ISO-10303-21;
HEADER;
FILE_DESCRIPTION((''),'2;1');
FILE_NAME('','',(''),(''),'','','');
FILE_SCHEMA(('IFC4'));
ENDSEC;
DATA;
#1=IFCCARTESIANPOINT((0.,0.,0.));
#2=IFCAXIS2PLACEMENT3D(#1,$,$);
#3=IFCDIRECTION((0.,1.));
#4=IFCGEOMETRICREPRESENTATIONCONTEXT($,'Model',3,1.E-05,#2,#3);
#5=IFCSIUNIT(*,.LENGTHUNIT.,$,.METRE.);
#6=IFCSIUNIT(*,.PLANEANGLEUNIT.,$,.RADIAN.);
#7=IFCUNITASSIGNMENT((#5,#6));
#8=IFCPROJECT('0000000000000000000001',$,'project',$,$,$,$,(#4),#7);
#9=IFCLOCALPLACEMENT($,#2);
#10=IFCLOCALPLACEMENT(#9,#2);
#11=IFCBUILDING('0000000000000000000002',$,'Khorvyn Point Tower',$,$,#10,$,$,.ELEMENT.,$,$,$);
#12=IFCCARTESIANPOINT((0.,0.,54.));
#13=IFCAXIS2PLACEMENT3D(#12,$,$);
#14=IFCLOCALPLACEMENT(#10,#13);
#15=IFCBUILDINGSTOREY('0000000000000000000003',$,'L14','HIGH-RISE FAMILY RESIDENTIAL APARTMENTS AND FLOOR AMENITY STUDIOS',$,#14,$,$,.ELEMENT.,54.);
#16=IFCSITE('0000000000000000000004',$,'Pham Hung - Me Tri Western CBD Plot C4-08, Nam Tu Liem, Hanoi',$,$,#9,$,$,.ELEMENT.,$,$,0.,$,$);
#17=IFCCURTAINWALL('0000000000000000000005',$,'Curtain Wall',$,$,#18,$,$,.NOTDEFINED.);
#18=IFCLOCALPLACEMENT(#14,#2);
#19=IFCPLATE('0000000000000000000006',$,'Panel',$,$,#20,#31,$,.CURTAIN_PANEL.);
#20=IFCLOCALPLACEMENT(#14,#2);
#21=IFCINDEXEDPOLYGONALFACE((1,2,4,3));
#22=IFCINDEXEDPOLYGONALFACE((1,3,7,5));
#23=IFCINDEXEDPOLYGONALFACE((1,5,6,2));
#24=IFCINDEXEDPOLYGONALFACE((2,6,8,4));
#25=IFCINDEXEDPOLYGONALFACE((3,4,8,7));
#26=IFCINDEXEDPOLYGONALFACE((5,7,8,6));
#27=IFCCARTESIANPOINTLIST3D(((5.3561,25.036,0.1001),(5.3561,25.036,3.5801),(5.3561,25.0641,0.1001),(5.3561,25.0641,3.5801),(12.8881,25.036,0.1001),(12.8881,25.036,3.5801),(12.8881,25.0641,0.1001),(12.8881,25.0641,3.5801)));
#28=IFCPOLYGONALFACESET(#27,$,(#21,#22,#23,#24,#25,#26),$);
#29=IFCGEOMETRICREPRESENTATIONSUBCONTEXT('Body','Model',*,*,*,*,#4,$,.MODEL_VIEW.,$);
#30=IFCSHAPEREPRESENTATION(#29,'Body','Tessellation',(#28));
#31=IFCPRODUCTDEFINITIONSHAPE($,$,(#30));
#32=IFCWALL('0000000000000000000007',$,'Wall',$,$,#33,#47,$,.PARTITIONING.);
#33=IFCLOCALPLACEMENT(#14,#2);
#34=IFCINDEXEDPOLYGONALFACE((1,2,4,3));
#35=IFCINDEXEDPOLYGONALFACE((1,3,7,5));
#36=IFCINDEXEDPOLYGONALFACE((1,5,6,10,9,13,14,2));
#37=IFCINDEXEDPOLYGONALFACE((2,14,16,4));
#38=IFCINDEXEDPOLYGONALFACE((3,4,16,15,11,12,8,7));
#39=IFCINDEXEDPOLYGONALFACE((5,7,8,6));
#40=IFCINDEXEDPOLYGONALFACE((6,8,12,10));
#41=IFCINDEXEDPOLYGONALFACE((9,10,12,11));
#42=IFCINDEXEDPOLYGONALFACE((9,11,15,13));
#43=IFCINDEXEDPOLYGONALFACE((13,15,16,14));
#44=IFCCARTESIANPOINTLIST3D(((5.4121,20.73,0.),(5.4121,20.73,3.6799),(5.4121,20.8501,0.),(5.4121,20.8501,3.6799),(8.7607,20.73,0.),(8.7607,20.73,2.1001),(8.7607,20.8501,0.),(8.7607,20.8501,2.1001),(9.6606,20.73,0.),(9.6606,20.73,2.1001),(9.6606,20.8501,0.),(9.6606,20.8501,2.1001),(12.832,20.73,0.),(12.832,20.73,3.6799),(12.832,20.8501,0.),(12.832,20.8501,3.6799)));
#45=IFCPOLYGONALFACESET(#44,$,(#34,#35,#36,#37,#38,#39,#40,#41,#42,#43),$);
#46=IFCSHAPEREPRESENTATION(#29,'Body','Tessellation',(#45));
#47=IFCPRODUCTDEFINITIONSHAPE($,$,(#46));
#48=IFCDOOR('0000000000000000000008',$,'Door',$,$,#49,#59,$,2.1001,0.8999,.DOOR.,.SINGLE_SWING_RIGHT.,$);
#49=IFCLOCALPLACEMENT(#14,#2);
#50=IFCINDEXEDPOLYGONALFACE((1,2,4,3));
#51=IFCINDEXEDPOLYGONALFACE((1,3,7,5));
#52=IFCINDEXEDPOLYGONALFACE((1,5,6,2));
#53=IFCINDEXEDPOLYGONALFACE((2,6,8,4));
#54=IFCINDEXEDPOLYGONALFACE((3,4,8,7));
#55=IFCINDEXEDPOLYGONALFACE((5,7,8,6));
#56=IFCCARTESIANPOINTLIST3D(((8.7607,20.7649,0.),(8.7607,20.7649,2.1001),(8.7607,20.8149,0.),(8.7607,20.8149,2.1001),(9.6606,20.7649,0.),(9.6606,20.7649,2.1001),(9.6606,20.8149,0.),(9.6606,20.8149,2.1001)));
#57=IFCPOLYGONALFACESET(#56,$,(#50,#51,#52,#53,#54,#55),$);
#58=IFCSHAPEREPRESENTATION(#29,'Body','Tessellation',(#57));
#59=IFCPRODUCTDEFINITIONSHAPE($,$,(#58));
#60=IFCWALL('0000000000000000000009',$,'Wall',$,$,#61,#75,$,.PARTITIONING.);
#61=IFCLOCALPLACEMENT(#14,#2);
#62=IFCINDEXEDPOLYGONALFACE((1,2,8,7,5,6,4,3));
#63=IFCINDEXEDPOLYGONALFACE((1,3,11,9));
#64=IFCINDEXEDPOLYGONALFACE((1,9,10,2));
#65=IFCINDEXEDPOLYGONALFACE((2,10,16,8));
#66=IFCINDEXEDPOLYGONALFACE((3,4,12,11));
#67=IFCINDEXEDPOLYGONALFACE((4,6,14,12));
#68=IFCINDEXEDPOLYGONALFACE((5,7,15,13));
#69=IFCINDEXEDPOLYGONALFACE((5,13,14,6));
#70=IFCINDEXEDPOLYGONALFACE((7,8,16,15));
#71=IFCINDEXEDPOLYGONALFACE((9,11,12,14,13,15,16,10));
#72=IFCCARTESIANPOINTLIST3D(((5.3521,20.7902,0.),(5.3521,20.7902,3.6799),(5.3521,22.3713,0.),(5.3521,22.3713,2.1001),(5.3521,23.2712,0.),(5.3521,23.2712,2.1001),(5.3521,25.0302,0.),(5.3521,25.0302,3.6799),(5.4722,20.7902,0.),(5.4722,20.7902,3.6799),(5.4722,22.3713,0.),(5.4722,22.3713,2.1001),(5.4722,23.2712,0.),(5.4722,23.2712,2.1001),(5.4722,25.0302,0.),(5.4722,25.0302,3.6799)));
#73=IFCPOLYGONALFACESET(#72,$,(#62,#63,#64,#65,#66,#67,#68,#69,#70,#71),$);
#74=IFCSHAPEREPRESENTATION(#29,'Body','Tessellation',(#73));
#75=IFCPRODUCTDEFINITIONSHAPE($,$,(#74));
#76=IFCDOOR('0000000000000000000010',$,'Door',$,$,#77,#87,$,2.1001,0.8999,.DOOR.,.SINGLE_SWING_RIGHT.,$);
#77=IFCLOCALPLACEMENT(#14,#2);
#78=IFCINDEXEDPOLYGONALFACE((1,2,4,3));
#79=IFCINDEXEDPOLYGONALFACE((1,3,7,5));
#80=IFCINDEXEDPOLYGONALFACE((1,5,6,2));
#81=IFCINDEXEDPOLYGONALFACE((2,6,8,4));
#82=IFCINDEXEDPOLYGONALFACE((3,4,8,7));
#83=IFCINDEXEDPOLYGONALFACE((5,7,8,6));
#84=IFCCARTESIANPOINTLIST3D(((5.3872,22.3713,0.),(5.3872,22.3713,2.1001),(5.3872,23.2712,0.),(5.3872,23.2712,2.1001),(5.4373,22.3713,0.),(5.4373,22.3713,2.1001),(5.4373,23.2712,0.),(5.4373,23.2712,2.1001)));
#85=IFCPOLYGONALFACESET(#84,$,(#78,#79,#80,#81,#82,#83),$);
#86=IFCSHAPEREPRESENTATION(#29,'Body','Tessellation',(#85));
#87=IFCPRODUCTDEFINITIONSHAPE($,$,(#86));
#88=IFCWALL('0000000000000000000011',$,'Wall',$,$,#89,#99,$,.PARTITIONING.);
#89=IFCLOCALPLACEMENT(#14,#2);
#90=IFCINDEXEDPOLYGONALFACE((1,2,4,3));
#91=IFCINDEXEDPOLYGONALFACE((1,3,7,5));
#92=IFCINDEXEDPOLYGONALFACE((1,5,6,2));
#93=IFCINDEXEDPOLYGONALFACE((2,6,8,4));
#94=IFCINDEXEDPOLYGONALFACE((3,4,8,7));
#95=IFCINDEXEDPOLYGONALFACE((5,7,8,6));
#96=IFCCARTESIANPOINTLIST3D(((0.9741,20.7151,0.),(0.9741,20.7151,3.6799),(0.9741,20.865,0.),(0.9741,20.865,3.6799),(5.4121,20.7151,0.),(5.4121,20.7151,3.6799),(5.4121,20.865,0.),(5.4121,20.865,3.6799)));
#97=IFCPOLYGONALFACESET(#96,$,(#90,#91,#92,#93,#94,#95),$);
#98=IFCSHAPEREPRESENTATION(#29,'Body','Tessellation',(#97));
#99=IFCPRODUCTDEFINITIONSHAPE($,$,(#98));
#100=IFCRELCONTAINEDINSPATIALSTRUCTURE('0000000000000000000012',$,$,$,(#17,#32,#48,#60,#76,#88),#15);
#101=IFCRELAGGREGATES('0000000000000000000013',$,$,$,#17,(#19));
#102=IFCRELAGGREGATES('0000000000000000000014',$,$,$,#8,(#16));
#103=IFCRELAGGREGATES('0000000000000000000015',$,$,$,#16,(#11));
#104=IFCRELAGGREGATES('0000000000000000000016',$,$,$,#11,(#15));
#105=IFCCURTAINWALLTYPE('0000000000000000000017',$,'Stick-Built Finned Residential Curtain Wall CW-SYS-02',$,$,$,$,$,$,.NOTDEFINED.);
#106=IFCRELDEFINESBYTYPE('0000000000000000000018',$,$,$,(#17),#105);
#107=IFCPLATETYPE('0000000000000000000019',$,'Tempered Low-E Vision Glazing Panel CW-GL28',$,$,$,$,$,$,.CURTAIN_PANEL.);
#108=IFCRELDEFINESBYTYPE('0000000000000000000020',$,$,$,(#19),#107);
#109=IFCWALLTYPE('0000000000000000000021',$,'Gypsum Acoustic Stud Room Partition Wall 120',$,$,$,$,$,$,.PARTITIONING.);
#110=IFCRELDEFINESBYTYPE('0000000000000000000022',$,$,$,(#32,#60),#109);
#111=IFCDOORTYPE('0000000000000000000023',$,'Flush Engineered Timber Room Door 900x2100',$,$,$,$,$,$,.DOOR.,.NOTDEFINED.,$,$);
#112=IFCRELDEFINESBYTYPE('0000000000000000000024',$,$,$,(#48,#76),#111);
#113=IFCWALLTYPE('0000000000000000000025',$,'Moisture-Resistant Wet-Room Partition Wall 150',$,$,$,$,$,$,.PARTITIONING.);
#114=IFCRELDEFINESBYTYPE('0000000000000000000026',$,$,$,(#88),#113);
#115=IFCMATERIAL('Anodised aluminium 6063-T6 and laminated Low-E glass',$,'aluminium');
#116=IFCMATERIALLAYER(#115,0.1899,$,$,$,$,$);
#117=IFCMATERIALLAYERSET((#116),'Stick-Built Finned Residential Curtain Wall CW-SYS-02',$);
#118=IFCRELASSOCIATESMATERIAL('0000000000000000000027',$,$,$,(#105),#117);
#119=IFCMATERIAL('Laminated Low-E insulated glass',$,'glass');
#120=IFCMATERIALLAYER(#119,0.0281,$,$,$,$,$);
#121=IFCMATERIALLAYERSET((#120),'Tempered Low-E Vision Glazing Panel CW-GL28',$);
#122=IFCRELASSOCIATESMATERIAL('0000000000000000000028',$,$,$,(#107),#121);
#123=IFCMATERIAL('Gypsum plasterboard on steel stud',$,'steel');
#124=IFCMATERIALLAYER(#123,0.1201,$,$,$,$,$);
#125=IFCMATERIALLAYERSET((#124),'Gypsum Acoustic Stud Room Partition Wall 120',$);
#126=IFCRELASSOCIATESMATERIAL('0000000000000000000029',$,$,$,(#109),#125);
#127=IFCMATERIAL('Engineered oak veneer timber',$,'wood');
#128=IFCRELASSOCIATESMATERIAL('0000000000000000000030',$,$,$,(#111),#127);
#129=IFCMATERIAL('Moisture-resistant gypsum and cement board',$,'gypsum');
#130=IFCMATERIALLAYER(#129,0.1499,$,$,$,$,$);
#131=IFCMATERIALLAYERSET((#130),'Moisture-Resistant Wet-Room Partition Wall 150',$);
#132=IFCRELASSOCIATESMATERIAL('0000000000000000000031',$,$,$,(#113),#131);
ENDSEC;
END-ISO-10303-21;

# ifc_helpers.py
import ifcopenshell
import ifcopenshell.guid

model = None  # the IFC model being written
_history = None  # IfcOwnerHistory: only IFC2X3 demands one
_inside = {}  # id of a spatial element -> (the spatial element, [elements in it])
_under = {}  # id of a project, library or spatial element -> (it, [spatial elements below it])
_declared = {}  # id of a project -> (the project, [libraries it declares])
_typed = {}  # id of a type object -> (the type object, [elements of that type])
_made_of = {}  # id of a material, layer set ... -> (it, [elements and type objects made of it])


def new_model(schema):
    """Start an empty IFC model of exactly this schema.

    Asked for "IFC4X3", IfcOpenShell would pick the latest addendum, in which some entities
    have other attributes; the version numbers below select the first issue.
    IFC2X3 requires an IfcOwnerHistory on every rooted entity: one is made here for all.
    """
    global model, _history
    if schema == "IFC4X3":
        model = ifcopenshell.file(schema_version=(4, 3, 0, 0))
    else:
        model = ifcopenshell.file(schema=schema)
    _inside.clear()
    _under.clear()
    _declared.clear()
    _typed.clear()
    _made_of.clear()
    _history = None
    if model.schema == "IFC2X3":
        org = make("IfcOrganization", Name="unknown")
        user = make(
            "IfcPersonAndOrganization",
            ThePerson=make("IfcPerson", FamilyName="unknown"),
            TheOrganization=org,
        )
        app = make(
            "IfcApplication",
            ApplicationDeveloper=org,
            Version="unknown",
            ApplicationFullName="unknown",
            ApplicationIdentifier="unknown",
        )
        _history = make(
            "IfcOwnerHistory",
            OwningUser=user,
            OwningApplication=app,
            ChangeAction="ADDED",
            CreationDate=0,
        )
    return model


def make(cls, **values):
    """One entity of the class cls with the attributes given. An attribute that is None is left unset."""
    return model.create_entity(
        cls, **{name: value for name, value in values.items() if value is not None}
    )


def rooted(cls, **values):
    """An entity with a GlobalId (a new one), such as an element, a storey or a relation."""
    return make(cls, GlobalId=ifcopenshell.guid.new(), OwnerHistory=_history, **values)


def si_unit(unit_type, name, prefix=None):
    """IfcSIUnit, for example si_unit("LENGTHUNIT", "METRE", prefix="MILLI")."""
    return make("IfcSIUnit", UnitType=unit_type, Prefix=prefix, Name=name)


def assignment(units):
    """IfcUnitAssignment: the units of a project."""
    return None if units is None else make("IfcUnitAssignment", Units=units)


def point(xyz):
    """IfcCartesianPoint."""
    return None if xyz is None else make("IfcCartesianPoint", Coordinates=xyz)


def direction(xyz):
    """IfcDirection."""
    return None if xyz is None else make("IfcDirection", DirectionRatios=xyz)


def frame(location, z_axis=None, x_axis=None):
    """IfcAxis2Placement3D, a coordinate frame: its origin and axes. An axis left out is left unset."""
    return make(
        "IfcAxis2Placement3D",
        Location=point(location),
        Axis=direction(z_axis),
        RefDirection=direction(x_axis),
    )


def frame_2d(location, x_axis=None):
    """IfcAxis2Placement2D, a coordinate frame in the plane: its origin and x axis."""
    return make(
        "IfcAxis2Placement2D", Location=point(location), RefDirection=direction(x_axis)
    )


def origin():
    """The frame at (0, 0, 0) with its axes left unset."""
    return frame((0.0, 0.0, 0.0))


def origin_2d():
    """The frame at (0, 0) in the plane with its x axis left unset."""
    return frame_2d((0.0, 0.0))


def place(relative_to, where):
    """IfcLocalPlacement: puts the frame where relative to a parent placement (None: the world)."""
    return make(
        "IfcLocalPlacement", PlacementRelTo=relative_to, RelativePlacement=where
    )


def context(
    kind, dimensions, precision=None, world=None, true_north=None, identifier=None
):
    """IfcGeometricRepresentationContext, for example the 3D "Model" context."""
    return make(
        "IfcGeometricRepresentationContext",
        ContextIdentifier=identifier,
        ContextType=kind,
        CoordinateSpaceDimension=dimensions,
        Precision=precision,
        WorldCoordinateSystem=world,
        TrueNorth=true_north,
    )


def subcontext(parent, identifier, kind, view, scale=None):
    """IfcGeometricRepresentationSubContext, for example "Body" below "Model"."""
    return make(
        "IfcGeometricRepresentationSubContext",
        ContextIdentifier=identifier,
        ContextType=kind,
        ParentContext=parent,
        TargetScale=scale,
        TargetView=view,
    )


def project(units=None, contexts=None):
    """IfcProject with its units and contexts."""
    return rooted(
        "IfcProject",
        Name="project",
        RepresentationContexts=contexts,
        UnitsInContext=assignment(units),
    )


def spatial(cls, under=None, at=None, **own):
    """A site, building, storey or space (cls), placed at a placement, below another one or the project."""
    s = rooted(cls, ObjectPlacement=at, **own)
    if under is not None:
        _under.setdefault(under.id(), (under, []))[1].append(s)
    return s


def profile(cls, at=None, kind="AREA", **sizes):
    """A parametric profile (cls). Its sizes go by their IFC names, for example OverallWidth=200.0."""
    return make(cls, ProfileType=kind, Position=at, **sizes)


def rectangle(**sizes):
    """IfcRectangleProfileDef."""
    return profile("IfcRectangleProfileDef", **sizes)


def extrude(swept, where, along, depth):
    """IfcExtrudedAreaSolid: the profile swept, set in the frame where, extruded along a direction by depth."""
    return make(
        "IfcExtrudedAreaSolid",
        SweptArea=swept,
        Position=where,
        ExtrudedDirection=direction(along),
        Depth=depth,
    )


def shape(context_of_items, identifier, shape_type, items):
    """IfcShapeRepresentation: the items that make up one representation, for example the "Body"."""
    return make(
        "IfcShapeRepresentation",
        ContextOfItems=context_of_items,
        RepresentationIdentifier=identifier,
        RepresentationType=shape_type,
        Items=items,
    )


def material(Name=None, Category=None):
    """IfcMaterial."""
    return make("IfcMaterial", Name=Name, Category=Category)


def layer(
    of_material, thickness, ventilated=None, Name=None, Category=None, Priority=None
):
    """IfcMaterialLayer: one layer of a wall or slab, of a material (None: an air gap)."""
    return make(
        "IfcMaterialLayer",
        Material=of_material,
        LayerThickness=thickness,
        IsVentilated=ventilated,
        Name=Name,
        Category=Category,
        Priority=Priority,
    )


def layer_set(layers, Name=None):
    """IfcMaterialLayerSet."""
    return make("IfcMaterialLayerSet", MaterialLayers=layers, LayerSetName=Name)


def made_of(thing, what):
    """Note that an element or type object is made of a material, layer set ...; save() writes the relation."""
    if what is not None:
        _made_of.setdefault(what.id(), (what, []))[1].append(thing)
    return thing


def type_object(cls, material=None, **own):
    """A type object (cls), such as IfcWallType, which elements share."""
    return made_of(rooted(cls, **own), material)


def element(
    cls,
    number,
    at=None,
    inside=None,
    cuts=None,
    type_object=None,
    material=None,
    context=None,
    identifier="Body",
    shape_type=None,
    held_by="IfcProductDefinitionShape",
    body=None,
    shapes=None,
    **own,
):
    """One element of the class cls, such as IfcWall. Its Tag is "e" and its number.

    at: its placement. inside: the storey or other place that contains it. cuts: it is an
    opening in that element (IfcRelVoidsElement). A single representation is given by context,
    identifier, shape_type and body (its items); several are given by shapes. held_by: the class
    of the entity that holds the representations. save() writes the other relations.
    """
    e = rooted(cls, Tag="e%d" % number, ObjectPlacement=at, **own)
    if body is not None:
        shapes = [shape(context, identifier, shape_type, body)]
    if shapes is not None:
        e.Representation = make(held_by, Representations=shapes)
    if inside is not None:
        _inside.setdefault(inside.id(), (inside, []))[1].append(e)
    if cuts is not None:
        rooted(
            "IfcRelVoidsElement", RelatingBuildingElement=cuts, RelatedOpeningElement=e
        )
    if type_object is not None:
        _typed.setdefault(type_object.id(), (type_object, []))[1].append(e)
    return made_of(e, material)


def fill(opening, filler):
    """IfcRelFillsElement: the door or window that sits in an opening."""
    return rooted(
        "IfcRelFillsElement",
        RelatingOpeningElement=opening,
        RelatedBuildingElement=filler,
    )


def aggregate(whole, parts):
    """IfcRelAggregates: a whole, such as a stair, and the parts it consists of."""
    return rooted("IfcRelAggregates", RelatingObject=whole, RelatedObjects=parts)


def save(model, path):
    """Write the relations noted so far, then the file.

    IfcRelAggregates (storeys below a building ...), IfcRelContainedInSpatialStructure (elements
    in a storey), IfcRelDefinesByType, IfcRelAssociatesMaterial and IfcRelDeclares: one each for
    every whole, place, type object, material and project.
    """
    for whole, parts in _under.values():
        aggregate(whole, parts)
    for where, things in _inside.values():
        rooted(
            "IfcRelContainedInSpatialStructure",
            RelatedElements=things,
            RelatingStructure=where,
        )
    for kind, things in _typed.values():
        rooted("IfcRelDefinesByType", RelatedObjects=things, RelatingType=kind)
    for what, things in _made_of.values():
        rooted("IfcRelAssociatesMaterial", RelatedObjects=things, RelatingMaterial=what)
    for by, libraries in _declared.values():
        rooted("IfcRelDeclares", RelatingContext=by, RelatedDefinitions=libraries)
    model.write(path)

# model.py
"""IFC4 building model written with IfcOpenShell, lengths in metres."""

from ifc_helpers import new_model, si_unit, direction, frame, frame_2d, origin, origin_2d, place, context, subcontext, project, spatial, rectangle, extrude, material, layer, layer_set, type_object, element, fill, aggregate, save


model = new_model("IFC4")

# Units and contexts
model_context = context("Model", 3, precision=1e-05, world=origin(), true_north=direction((0.0, 1.0)))
body_context = subcontext(model_context, "Body", "Model", "MODEL_VIEW")
ifc_project = project(units=[si_unit("LENGTHUNIT", "METRE"), si_unit("PLANEANGLEUNIT", "RADIAN")], contexts=[model_context])

# Site, building, storey
site_placement = place(None, origin())
site = spatial("IfcSite", under=ifc_project, at=site_placement, Name="Pham Hung - Me Tri Western CBD Plot C4-08, Nam Tu Liem, Hanoi", CompositionType="ELEMENT", RefElevation=0.0)
building_placement = place(site_placement, origin())
building = spatial("IfcBuilding", under=site, at=building_placement, Name="Khorvyn Point Tower", CompositionType="ELEMENT")
storey_placement = place(building_placement, frame((0.0, 0.0, 54.0)))
storey = spatial("IfcBuildingStorey", under=building, at=storey_placement, Name="L14", Description="HIGH-RISE FAMILY RESIDENTIAL APARTMENTS AND FLOOR AMENITY STUDIOS", CompositionType="ELEMENT", Elevation=54.0)

# Curtain wall
ifc_material_1 = material(Name="Anodised aluminium 6063-T6 and laminated Low-E glass", Category="aluminium")
ifc_layer_1 = layer(ifc_material_1, 0.1899)
ifc_layer_set_1 = layer_set([ifc_layer_1], Name="Stick-Built Finned Residential Curtain Wall CW-SYS-02")
curtain_wall_type = type_object("IfcCurtainWallType", Name="Stick-Built Finned Residential Curtain Wall CW-SYS-02", PredefinedType="NOTDEFINED", material=ifc_layer_set_1)
curtain_wall_placement = place(storey_placement, origin())
curtain_wall = element("IfcCurtainWall", 1, at=curtain_wall_placement, inside=storey, type_object=curtain_wall_type, Name="Curtain Wall", PredefinedType="NOTDEFINED")

# Plate
ifc_material_2 = material(Name="Laminated Low-E insulated glass", Category="glass")
ifc_layer_2 = layer(ifc_material_2, 0.0281)
ifc_layer_set_2 = layer_set([ifc_layer_2], Name="Tempered Low-E Vision Glazing Panel CW-GL28")
plate_type = type_object("IfcPlateType", Name="Tempered Low-E Vision Glazing Panel CW-GL28", PredefinedType="CURTAIN_PANEL", material=ifc_layer_set_2)
plate_1_placement = place(storey_placement, frame((9.1221, 25.05, 0.1001), z_axis=(0.0, 0.0, 1.0), x_axis=(1.0, 0.0, 0.0)))
plate_1 = element("IfcPlate", 2, at=plate_1_placement, type_object=plate_type, Name="Panel", PredefinedType="CURTAIN_PANEL", context=body_context, shape_type="SweptSolid", body=[
    extrude(rectangle(XDim=7.532, YDim=0.0281, at=origin_2d()), origin(), (0.0, 0.0, 1.0), 3.48),
])
aggregate(curtain_wall, [plate_1])

# Walls, openings, doors
ifc_material_3 = material(Name="Gypsum plasterboard on steel stud", Category="steel")
ifc_layer_3 = layer(ifc_material_3, 0.1201)
ifc_layer_set_3 = layer_set([ifc_layer_3], Name="Gypsum Acoustic Stud Room Partition Wall 120")
wall_type_1 = type_object("IfcWallType", Name="Gypsum Acoustic Stud Room Partition Wall 120", PredefinedType="PARTITIONING", material=ifc_layer_set_3)
wall_1_placement = place(storey_placement, frame((5.4121, 20.79, 0.0), z_axis=(0.0, 0.0, 1.0), x_axis=(1.0, 0.0, 0.0)))
wall_1 = element("IfcWall", 3, at=wall_1_placement, inside=storey, type_object=wall_type_1, Name="Wall", PredefinedType="PARTITIONING", context=body_context, shape_type="SweptSolid", body=[
    extrude(rectangle(XDim=7.4199, YDim=0.1201, at=frame_2d((3.71, 0.0))), origin(), (0.0, 0.0, 1.0), 3.6799),
])
opening_1_placement = place(wall_1_placement, frame((3.3486, 0.0, 0.0)))
opening_1 = element("IfcOpeningElement", 4, at=opening_1_placement, cuts=wall_1, PredefinedType="OPENING", context=body_context, shape_type="SweptSolid", body=[
    extrude(rectangle(XDim=0.8999, YDim=2.1001, at=frame_2d((0.45, 1.05))), frame((0.0, 0.0701, 0.0), z_axis=(0.0, -1.0, 0.0), x_axis=(1.0, 0.0, 0.0)), (0.0, 0.0, 1.0), 0.1401),
])
ifc_material_4 = material(Name="Engineered oak veneer timber", Category="wood")
door_type = type_object("IfcDoorType", Name="Flush Engineered Timber Room Door 900x2100", OperationType="NOTDEFINED", PredefinedType="DOOR", material=ifc_material_4)
door_1_placement = place(opening_1_placement, origin())
door_1 = element("IfcDoor", 5, at=door_1_placement, inside=storey, type_object=door_type, Name="Door", OperationType="SINGLE_SWING_RIGHT", OverallHeight=2.1001, OverallWidth=0.8999, PredefinedType="DOOR", context=body_context, shape_type="SweptSolid", body=[
    extrude(rectangle(XDim=0.8999, YDim=2.1001, at=frame_2d((0.45, 1.05))), frame((0.0, 0.0249, 0.0), z_axis=(0.0, -1.0, 0.0), x_axis=(1.0, 0.0, 0.0)), (0.0, 0.0, 1.0), 0.05),
])
fill(opening_1, door_1)
wall_2_placement = place(storey_placement, frame((5.4121, 20.79, 0.0), z_axis=(0.0, 0.0, 1.0), x_axis=(0.0, 1.0, 0.0)))
wall_2 = element("IfcWall", 6, at=wall_2_placement, inside=storey, type_object=wall_type_1, Name="Wall", PredefinedType="PARTITIONING", context=body_context, shape_type="SweptSolid", body=[
    extrude(rectangle(XDim=4.24, YDim=0.1201, at=frame_2d((2.1201, 0.0))), origin(), (0.0, 0.0, 1.0), 3.6799),
])
opening_2_placement = place(wall_2_placement, frame((1.5813, 0.0, 0.0)))
opening_2 = element("IfcOpeningElement", 7, at=opening_2_placement, cuts=wall_2, PredefinedType="OPENING", context=body_context, shape_type="SweptSolid", body=[
    extrude(rectangle(XDim=0.8999, YDim=2.1001, at=frame_2d((0.45, 1.05))), frame((0.0, 0.0701, 0.0), z_axis=(0.0, -1.0, 0.0), x_axis=(1.0, 0.0, 0.0)), (0.0, 0.0, 1.0), 0.1401),
])
door_2_placement = place(opening_2_placement, origin())
door_2 = element("IfcDoor", 8, at=door_2_placement, inside=storey, type_object=door_type, Name="Door", OperationType="SINGLE_SWING_RIGHT", OverallHeight=2.1001, OverallWidth=0.8999, PredefinedType="DOOR", context=body_context, shape_type="SweptSolid", body=[
    extrude(rectangle(XDim=0.8999, YDim=2.1001, at=frame_2d((0.45, 1.05))), frame((0.0, 0.0249, 0.0), z_axis=(0.0, -1.0, 0.0), x_axis=(1.0, 0.0, 0.0)), (0.0, 0.0, 1.0), 0.05),
])
fill(opening_2, door_2)

# Wall
ifc_material_5 = material(Name="Moisture-resistant gypsum and cement board", Category="gypsum")
ifc_layer_4 = layer(ifc_material_5, 0.1499)
ifc_layer_set_4 = layer_set([ifc_layer_4], Name="Moisture-Resistant Wet-Room Partition Wall 150")
wall_type_2 = type_object("IfcWallType", Name="Moisture-Resistant Wet-Room Partition Wall 150", PredefinedType="PARTITIONING", material=ifc_layer_set_4)
wall_3_placement = place(storey_placement, frame((0.9741, 20.79, 0.0), z_axis=(0.0, 0.0, 1.0), x_axis=(1.0, 0.0, 0.0)))
element("IfcWall", 9, at=wall_3_placement, inside=storey, type_object=wall_type_2, Name="Wall", PredefinedType="PARTITIONING", context=body_context, shape_type="SweptSolid", body=[
    extrude(rectangle(XDim=4.438, YDim=0.1499, at=frame_2d((2.219, 0.0))), origin(), (0.0, 0.0, 1.0), 3.6799),
])

save(model, "model.ifc")
